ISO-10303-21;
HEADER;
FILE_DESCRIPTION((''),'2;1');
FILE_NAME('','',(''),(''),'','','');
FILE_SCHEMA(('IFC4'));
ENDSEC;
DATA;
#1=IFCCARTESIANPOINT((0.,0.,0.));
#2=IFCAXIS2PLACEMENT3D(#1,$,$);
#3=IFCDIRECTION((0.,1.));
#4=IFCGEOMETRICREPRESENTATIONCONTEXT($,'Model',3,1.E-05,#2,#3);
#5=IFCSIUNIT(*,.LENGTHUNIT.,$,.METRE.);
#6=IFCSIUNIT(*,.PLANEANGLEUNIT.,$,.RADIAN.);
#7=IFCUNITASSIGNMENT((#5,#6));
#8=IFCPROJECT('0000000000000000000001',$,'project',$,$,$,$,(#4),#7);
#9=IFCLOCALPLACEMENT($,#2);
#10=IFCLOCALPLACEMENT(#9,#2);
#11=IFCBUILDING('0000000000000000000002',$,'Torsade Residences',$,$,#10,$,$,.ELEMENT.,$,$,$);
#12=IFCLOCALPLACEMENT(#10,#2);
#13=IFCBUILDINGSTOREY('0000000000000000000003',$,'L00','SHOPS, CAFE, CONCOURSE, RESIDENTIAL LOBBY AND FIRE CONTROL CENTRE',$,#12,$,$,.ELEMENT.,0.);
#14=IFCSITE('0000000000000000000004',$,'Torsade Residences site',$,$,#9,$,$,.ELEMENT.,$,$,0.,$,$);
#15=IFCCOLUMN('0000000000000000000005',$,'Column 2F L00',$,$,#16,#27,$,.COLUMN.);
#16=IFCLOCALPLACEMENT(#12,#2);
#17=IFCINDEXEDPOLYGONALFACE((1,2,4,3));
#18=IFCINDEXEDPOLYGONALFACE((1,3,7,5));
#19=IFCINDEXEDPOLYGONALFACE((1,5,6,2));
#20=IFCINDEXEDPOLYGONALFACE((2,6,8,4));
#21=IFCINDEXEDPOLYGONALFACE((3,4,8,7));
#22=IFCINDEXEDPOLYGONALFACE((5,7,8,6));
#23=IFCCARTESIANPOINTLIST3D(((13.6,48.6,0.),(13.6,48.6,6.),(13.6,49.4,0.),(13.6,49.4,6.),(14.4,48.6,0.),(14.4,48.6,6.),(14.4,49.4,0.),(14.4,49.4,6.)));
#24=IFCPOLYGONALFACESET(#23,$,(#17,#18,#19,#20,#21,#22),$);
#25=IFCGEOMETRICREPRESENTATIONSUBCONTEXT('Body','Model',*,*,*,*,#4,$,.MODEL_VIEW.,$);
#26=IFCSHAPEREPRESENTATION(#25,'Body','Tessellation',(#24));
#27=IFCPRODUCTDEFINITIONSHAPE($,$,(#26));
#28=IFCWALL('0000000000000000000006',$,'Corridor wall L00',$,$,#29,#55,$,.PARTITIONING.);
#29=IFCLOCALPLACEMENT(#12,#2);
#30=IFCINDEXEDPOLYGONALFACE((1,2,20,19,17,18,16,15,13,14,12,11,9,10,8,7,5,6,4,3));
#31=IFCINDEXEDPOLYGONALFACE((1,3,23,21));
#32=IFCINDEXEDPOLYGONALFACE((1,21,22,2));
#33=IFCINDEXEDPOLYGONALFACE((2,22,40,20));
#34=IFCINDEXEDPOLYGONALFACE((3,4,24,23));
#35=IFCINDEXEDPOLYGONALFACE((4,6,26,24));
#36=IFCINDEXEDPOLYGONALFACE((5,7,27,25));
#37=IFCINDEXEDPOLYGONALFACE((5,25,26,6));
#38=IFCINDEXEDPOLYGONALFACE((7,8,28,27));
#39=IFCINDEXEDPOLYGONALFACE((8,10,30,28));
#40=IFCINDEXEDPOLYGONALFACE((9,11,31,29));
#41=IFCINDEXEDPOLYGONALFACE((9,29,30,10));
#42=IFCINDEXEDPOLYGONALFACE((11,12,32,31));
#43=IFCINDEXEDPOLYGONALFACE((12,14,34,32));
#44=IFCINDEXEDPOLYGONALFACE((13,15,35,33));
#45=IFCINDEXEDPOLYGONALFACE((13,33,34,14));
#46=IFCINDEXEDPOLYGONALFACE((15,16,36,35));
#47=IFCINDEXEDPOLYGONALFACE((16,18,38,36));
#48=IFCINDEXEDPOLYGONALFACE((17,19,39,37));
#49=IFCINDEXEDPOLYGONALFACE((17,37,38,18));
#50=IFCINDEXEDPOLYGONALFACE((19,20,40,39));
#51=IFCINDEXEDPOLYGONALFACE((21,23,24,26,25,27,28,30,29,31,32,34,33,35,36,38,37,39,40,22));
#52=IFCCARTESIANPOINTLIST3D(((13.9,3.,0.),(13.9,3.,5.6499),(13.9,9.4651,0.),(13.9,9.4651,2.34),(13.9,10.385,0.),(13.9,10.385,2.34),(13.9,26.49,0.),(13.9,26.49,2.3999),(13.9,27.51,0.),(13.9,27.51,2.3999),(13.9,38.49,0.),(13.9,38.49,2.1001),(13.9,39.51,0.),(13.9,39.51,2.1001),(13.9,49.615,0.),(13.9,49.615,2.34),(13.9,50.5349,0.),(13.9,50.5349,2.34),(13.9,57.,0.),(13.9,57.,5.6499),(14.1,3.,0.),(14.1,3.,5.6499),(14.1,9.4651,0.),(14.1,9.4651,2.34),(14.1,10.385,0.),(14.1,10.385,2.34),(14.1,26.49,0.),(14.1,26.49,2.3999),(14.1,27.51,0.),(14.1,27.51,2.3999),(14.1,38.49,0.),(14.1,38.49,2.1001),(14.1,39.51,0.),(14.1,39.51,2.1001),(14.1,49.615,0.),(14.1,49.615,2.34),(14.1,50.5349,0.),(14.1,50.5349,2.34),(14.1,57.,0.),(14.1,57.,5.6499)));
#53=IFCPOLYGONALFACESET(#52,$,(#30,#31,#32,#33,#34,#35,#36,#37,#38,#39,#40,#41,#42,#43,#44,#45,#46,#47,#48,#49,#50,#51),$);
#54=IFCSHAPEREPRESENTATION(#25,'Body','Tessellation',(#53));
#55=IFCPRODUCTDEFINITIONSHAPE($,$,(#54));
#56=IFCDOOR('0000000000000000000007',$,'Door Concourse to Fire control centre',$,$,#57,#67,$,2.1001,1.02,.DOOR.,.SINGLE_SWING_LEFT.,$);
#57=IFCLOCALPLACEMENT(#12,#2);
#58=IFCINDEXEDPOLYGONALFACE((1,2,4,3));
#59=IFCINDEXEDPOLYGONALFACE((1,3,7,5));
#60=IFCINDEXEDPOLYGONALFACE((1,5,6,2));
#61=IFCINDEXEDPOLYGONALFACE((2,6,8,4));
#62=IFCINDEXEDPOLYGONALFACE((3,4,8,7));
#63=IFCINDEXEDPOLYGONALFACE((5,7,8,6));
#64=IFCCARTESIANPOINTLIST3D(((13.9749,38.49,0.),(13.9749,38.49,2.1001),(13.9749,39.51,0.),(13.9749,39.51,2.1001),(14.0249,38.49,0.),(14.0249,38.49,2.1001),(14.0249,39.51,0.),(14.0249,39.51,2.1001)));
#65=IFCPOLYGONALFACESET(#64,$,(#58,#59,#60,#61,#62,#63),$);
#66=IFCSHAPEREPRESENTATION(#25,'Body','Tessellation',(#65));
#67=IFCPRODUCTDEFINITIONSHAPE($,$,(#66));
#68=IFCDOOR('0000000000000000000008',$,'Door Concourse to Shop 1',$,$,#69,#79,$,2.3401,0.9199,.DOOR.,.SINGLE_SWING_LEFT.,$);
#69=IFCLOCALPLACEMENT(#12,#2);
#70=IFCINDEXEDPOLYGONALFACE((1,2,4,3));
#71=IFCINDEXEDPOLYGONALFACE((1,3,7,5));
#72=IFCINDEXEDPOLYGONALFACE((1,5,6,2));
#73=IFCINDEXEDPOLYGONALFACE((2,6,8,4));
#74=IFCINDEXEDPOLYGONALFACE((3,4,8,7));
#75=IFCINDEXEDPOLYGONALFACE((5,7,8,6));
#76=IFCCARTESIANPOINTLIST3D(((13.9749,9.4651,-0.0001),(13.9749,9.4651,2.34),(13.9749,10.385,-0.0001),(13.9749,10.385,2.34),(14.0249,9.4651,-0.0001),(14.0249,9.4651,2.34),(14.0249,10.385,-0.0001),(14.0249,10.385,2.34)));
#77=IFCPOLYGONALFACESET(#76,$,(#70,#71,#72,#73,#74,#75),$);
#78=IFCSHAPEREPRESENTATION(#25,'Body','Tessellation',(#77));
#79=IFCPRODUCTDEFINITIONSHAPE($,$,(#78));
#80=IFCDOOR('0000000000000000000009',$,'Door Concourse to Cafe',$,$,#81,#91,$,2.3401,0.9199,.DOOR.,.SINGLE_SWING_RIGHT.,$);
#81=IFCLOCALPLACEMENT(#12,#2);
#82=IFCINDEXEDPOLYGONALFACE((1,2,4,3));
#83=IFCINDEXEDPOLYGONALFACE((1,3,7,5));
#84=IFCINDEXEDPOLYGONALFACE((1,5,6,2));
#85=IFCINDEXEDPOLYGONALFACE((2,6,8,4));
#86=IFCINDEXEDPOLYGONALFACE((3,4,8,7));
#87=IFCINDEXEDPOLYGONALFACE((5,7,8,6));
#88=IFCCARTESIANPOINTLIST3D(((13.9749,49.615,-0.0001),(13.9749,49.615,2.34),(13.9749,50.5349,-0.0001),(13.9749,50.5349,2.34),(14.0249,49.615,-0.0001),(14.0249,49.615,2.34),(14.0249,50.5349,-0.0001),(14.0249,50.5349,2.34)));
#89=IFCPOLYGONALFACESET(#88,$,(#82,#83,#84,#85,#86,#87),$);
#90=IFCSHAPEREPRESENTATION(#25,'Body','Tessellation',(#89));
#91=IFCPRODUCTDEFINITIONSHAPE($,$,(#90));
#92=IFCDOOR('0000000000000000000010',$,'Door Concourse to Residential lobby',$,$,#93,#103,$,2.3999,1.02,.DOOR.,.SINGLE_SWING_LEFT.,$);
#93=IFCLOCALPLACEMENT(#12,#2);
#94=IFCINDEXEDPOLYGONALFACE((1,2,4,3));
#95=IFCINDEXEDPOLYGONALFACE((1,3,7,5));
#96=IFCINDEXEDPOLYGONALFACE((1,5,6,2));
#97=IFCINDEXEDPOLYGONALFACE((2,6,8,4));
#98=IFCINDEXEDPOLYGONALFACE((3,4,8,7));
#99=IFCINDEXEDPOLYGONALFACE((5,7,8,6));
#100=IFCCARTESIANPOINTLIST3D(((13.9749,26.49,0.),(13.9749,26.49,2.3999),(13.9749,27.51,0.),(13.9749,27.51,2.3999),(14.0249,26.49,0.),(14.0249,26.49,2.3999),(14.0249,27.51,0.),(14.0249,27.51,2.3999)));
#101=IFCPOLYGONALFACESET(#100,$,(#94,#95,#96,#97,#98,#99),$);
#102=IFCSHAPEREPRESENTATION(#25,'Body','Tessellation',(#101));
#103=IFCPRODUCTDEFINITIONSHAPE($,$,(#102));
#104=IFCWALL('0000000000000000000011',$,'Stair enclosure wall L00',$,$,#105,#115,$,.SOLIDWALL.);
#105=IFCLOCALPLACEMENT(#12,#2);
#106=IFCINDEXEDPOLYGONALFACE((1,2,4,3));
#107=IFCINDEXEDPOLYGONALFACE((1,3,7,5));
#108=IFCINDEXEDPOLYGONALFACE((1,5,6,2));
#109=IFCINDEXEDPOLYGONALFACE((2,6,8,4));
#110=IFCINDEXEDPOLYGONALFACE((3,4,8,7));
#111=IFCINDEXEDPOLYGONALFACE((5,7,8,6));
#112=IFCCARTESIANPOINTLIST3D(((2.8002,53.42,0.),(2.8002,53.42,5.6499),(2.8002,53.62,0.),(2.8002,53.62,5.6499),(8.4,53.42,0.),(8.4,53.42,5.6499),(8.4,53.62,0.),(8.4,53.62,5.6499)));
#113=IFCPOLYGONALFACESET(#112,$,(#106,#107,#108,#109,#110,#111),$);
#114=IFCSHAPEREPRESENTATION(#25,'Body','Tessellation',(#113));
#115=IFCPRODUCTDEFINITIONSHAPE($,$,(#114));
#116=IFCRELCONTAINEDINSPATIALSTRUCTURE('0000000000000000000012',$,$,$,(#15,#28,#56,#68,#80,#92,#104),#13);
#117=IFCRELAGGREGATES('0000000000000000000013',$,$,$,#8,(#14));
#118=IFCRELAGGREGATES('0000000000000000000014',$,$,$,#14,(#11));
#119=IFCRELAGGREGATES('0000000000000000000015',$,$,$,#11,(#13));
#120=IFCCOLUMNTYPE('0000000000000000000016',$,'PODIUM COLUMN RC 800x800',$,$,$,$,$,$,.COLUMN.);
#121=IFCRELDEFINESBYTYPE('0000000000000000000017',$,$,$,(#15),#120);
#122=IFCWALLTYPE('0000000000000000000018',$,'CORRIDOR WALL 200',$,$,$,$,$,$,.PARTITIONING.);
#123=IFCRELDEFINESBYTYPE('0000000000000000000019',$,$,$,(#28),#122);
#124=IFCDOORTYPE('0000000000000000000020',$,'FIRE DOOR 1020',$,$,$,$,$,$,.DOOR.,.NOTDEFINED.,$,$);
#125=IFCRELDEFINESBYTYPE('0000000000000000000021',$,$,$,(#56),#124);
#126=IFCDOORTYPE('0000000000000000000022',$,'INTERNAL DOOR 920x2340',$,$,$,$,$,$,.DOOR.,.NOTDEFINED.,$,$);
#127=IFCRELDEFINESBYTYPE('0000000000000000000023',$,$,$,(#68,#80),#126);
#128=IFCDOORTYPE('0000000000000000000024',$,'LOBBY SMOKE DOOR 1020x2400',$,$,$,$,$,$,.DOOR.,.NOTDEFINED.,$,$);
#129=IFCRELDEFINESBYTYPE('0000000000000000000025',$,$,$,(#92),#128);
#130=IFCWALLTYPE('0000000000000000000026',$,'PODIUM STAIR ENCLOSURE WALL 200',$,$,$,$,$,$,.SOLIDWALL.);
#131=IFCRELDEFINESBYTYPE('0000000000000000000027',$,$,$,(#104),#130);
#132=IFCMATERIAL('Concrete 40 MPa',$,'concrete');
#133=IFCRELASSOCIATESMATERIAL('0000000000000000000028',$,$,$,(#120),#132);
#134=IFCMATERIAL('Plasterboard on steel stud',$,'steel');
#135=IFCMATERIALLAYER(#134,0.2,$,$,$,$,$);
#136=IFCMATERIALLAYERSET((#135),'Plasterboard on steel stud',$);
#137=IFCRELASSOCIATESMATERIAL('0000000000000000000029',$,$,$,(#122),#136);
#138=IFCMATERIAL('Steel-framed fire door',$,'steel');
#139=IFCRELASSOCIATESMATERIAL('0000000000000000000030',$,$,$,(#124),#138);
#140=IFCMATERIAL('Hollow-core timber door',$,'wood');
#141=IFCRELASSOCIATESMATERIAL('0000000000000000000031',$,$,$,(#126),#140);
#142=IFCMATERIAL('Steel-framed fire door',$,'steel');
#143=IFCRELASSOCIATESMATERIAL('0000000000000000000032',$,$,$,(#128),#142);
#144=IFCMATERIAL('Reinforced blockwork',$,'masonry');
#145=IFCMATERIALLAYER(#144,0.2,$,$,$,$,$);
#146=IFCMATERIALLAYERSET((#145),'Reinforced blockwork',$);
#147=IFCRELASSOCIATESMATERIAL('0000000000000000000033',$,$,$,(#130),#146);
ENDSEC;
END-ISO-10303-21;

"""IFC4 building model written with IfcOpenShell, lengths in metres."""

from ifc_helpers import new_model, si_unit, direction, frame, frame_2d, origin, origin_2d, place, context, subcontext, project, spatial, rectangle, extrude, material, layer, layer_set, material_profile, profile_set, type_object, element, fill, save


model = new_model("IFC4")

# Units and contexts
model_context = context("Model", 3, precision=1e-05, world=origin(), true_north=direction((0.0, 1.0)))
body_context = subcontext(model_context, "Body", "Model", "MODEL_VIEW")
ifc_project = project(units=[si_unit("LENGTHUNIT", "METRE"), si_unit("PLANEANGLEUNIT", "RADIAN")], contexts=[model_context])

# Site, building, storey
site_placement = place(None, origin())
site = spatial("IfcSite", under=ifc_project, at=site_placement, Name="Torsade Residences site", CompositionType="ELEMENT", RefElevation=0.0)
building_placement = place(site_placement, origin())
building = spatial("IfcBuilding", under=site, at=building_placement, Name="Torsade Residences", CompositionType="ELEMENT")
storey_placement = place(building_placement, origin())
storey = spatial("IfcBuildingStorey", under=building, at=storey_placement, Name="L00", Description="SHOPS, CAFE, CONCOURSE, RESIDENTIAL LOBBY AND FIRE CONTROL CENTRE", CompositionType="ELEMENT", Elevation=0.0)

# Column
ifc_material_1 = material(Name="Concrete 40 MPa", Category="concrete")
ifc_material_profile = material_profile(ifc_material_1, rectangle(XDim=0.8, YDim=0.8, at=origin_2d()), Name="RC 800x800")
ifc_profile_set = profile_set([ifc_material_profile], Name="Concrete 40 MPa")
column_type = type_object("IfcColumnType", Name="PODIUM COLUMN RC 800x800", PredefinedType="COLUMN", material=ifc_profile_set)
column_placement = place(storey_placement, frame((14.0, 49.0, 0.0), z_axis=(0.0, 0.0, 1.0), x_axis=(1.0, 0.0, 0.0)))
element("IfcColumn", 1, at=column_placement, inside=storey, type_object=column_type, Name="Column 2F L00", PredefinedType="COLUMN", context=body_context, shape_type="SweptSolid", body=[
    extrude(rectangle(XDim=0.8, YDim=0.8, at=origin_2d()), origin(), (0.0, 0.0, 1.0), 6.0),
])

# Wall, openings, doors
ifc_material_2 = material(Name="Plasterboard on steel stud", Category="steel")
ifc_layer_1 = layer(ifc_material_2, 0.2)
ifc_layer_set_1 = layer_set([ifc_layer_1], Name="Plasterboard on steel stud")
wall_type_1 = type_object("IfcWallType", Name="CORRIDOR WALL 200", PredefinedType="PARTITIONING", material=ifc_layer_set_1)
wall_1_placement = place(storey_placement, frame((14.0, 57.0, 0.0), z_axis=(0.0, 0.0, 1.0), x_axis=(0.0, -1.0, 0.0)))
wall_1 = element("IfcWall", 2, at=wall_1_placement, inside=storey, type_object=wall_type_1, Name="Corridor wall L00", PredefinedType="PARTITIONING", context=body_context, shape_type="SweptSolid", body=[
    extrude(rectangle(XDim=54.0, YDim=0.2, at=frame_2d((27.0, 0.0))), origin(), (0.0, 0.0, 1.0), 5.6499),
])
opening_1_placement = place(wall_1_placement, frame((29.49, 0.0, 0.0)))
opening_1 = element("IfcOpeningElement", 3, at=opening_1_placement, cuts=wall_1, PredefinedType="OPENING", context=body_context, shape_type="SweptSolid", body=[
    extrude(rectangle(XDim=1.02, YDim=2.3999, at=frame_2d((0.51, 1.2))), frame((0.0, 0.1099, 0.0), z_axis=(0.0, -1.0, 0.0), x_axis=(1.0, 0.0, 0.0)), (0.0, 0.0, 1.0), 0.22),
])
opening_2_placement = place(wall_1_placement, frame((46.615, 0.0, 0.0)))
opening_2 = element("IfcOpeningElement", 4, at=opening_2_placement, cuts=wall_1, PredefinedType="OPENING", context=body_context, shape_type="SweptSolid", body=[
    extrude(rectangle(XDim=0.9199, YDim=2.3401, at=frame_2d((0.46, 1.1699))), frame((0.0, 0.1099, 0.0), z_axis=(0.0, -1.0, 0.0), x_axis=(1.0, 0.0, 0.0)), (0.0, 0.0, 1.0), 0.22),
])
opening_3_placement = place(wall_1_placement, frame((6.4651, 0.0, 0.0)))
opening_3 = element("IfcOpeningElement", 5, at=opening_3_placement, cuts=wall_1, PredefinedType="OPENING", context=body_context, shape_type="SweptSolid", body=[
    extrude(rectangle(XDim=0.9199, YDim=2.3401, at=frame_2d((0.46, 1.1699))), frame((0.0, 0.1099, 0.0), z_axis=(0.0, -1.0, 0.0), x_axis=(1.0, 0.0, 0.0)), (0.0, 0.0, 1.0), 0.22),
])
opening_4_placement = place(wall_1_placement, frame((17.49, 0.0, 0.0)))
opening_4 = element("IfcOpeningElement", 6, at=opening_4_placement, cuts=wall_1, PredefinedType="OPENING", context=body_context, shape_type="SweptSolid", body=[
    extrude(rectangle(XDim=1.02, YDim=2.1001, at=frame_2d((0.51, 1.05))), frame((0.0, 0.1099, 0.0), z_axis=(0.0, -1.0, 0.0), x_axis=(1.0, 0.0, 0.0)), (0.0, 0.0, 1.0), 0.22),
])
ifc_material_3 = material(Name="Steel-framed fire door", Category="steel")
door_type_1 = type_object("IfcDoorType", Name="FIRE DOOR 1020", OperationType="NOTDEFINED", PredefinedType="DOOR", material=ifc_material_3)
door_1_placement = place(opening_4_placement, origin())
door_1 = element("IfcDoor", 7, at=door_1_placement, inside=storey, type_object=door_type_1, Name="Door Concourse to Fire control centre", OperationType="SINGLE_SWING_LEFT", OverallHeight=2.1001, OverallWidth=1.02, PredefinedType="DOOR", context=body_context, shape_type="SweptSolid", body=[
    extrude(rectangle(XDim=1.02, YDim=2.1001, at=frame_2d((0.51, 1.05))), frame((0.0, 0.0249, 0.0), z_axis=(0.0, -1.0, 0.0), x_axis=(1.0, 0.0, 0.0)), (0.0, 0.0, 1.0), 0.05),
])
fill(opening_4, door_1)
ifc_material_4 = material(Name="Hollow-core timber door", Category="wood")
door_type_2 = type_object("IfcDoorType", Name="INTERNAL DOOR 920x2340", OperationType="NOTDEFINED", PredefinedType="DOOR", material=ifc_material_4)
door_2_placement = place(opening_2_placement, origin())
door_2 = element("IfcDoor", 8, at=door_2_placement, inside=storey, type_object=door_type_2, Name="Door Concourse to Shop 1", OperationType="SINGLE_SWING_LEFT", OverallHeight=2.3401, OverallWidth=0.9199, PredefinedType="DOOR", context=body_context, shape_type="SweptSolid", body=[
    extrude(rectangle(XDim=0.9199, YDim=2.3401, at=frame_2d((0.46, 1.1699))), frame((0.0, 0.0249, 0.0), z_axis=(0.0, -1.0, 0.0), x_axis=(1.0, 0.0, 0.0)), (0.0, 0.0, 1.0), 0.05),
])
fill(opening_2, door_2)
door_3_placement = place(opening_3_placement, origin())
door_3 = element("IfcDoor", 9, at=door_3_placement, inside=storey, type_object=door_type_2, Name="Door Concourse to Cafe", OperationType="SINGLE_SWING_RIGHT", OverallHeight=2.3401, OverallWidth=0.9199, PredefinedType="DOOR", context=body_context, shape_type="SweptSolid", body=[
    extrude(rectangle(XDim=0.9199, YDim=2.3401, at=frame_2d((0.46, 1.1699))), frame((0.0, 0.0249, 0.0), z_axis=(0.0, -1.0, 0.0), x_axis=(1.0, 0.0, 0.0)), (0.0, 0.0, 1.0), 0.05),
])
fill(opening_3, door_3)
ifc_material_5 = material(Name="Steel-framed fire door", Category="steel")
door_type_3 = type_object("IfcDoorType", Name="LOBBY SMOKE DOOR 1020x2400", OperationType="NOTDEFINED", PredefinedType="DOOR", material=ifc_material_5)
door_4_placement = place(opening_1_placement, origin())
door_4 = element("IfcDoor", 10, at=door_4_placement, inside=storey, type_object=door_type_3, Name="Door Concourse to Residential lobby", OperationType="SINGLE_SWING_LEFT", OverallHeight=2.3999, OverallWidth=1.02, PredefinedType="DOOR", context=body_context, shape_type="SweptSolid", body=[
    extrude(rectangle(XDim=1.02, YDim=2.3999, at=frame_2d((0.51, 1.2))), frame((0.0, 0.0249, 0.0), z_axis=(0.0, -1.0, 0.0), x_axis=(1.0, 0.0, 0.0)), (0.0, 0.0, 1.0), 0.05),
])
fill(opening_1, door_4)

# Wall
ifc_material_6 = material(Name="Reinforced blockwork", Category="masonry")
ifc_layer_2 = layer(ifc_material_6, 0.2)
ifc_layer_set_2 = layer_set([ifc_layer_2], Name="Reinforced blockwork")
wall_type_2 = type_object("IfcWallType", Name="PODIUM STAIR ENCLOSURE WALL 200", PredefinedType="SOLIDWALL", material=ifc_layer_set_2)
wall_2_placement = place(storey_placement, frame((8.3999, 53.52, 0.0), z_axis=(0.0, 0.0, 1.0), x_axis=(-1.0, 0.0, 0.0)))
element("IfcWall", 11, at=wall_2_placement, inside=storey, type_object=wall_type_2, Name="Stair enclosure wall L00", PredefinedType="SOLIDWALL", context=body_context, shape_type="SweptSolid", body=[
    extrude(rectangle(XDim=5.5999, YDim=0.2, at=frame_2d((2.7998, 0.0))), origin(), (0.0, 0.0, 1.0), 5.6499),
])

save(model, "model.ifc")
